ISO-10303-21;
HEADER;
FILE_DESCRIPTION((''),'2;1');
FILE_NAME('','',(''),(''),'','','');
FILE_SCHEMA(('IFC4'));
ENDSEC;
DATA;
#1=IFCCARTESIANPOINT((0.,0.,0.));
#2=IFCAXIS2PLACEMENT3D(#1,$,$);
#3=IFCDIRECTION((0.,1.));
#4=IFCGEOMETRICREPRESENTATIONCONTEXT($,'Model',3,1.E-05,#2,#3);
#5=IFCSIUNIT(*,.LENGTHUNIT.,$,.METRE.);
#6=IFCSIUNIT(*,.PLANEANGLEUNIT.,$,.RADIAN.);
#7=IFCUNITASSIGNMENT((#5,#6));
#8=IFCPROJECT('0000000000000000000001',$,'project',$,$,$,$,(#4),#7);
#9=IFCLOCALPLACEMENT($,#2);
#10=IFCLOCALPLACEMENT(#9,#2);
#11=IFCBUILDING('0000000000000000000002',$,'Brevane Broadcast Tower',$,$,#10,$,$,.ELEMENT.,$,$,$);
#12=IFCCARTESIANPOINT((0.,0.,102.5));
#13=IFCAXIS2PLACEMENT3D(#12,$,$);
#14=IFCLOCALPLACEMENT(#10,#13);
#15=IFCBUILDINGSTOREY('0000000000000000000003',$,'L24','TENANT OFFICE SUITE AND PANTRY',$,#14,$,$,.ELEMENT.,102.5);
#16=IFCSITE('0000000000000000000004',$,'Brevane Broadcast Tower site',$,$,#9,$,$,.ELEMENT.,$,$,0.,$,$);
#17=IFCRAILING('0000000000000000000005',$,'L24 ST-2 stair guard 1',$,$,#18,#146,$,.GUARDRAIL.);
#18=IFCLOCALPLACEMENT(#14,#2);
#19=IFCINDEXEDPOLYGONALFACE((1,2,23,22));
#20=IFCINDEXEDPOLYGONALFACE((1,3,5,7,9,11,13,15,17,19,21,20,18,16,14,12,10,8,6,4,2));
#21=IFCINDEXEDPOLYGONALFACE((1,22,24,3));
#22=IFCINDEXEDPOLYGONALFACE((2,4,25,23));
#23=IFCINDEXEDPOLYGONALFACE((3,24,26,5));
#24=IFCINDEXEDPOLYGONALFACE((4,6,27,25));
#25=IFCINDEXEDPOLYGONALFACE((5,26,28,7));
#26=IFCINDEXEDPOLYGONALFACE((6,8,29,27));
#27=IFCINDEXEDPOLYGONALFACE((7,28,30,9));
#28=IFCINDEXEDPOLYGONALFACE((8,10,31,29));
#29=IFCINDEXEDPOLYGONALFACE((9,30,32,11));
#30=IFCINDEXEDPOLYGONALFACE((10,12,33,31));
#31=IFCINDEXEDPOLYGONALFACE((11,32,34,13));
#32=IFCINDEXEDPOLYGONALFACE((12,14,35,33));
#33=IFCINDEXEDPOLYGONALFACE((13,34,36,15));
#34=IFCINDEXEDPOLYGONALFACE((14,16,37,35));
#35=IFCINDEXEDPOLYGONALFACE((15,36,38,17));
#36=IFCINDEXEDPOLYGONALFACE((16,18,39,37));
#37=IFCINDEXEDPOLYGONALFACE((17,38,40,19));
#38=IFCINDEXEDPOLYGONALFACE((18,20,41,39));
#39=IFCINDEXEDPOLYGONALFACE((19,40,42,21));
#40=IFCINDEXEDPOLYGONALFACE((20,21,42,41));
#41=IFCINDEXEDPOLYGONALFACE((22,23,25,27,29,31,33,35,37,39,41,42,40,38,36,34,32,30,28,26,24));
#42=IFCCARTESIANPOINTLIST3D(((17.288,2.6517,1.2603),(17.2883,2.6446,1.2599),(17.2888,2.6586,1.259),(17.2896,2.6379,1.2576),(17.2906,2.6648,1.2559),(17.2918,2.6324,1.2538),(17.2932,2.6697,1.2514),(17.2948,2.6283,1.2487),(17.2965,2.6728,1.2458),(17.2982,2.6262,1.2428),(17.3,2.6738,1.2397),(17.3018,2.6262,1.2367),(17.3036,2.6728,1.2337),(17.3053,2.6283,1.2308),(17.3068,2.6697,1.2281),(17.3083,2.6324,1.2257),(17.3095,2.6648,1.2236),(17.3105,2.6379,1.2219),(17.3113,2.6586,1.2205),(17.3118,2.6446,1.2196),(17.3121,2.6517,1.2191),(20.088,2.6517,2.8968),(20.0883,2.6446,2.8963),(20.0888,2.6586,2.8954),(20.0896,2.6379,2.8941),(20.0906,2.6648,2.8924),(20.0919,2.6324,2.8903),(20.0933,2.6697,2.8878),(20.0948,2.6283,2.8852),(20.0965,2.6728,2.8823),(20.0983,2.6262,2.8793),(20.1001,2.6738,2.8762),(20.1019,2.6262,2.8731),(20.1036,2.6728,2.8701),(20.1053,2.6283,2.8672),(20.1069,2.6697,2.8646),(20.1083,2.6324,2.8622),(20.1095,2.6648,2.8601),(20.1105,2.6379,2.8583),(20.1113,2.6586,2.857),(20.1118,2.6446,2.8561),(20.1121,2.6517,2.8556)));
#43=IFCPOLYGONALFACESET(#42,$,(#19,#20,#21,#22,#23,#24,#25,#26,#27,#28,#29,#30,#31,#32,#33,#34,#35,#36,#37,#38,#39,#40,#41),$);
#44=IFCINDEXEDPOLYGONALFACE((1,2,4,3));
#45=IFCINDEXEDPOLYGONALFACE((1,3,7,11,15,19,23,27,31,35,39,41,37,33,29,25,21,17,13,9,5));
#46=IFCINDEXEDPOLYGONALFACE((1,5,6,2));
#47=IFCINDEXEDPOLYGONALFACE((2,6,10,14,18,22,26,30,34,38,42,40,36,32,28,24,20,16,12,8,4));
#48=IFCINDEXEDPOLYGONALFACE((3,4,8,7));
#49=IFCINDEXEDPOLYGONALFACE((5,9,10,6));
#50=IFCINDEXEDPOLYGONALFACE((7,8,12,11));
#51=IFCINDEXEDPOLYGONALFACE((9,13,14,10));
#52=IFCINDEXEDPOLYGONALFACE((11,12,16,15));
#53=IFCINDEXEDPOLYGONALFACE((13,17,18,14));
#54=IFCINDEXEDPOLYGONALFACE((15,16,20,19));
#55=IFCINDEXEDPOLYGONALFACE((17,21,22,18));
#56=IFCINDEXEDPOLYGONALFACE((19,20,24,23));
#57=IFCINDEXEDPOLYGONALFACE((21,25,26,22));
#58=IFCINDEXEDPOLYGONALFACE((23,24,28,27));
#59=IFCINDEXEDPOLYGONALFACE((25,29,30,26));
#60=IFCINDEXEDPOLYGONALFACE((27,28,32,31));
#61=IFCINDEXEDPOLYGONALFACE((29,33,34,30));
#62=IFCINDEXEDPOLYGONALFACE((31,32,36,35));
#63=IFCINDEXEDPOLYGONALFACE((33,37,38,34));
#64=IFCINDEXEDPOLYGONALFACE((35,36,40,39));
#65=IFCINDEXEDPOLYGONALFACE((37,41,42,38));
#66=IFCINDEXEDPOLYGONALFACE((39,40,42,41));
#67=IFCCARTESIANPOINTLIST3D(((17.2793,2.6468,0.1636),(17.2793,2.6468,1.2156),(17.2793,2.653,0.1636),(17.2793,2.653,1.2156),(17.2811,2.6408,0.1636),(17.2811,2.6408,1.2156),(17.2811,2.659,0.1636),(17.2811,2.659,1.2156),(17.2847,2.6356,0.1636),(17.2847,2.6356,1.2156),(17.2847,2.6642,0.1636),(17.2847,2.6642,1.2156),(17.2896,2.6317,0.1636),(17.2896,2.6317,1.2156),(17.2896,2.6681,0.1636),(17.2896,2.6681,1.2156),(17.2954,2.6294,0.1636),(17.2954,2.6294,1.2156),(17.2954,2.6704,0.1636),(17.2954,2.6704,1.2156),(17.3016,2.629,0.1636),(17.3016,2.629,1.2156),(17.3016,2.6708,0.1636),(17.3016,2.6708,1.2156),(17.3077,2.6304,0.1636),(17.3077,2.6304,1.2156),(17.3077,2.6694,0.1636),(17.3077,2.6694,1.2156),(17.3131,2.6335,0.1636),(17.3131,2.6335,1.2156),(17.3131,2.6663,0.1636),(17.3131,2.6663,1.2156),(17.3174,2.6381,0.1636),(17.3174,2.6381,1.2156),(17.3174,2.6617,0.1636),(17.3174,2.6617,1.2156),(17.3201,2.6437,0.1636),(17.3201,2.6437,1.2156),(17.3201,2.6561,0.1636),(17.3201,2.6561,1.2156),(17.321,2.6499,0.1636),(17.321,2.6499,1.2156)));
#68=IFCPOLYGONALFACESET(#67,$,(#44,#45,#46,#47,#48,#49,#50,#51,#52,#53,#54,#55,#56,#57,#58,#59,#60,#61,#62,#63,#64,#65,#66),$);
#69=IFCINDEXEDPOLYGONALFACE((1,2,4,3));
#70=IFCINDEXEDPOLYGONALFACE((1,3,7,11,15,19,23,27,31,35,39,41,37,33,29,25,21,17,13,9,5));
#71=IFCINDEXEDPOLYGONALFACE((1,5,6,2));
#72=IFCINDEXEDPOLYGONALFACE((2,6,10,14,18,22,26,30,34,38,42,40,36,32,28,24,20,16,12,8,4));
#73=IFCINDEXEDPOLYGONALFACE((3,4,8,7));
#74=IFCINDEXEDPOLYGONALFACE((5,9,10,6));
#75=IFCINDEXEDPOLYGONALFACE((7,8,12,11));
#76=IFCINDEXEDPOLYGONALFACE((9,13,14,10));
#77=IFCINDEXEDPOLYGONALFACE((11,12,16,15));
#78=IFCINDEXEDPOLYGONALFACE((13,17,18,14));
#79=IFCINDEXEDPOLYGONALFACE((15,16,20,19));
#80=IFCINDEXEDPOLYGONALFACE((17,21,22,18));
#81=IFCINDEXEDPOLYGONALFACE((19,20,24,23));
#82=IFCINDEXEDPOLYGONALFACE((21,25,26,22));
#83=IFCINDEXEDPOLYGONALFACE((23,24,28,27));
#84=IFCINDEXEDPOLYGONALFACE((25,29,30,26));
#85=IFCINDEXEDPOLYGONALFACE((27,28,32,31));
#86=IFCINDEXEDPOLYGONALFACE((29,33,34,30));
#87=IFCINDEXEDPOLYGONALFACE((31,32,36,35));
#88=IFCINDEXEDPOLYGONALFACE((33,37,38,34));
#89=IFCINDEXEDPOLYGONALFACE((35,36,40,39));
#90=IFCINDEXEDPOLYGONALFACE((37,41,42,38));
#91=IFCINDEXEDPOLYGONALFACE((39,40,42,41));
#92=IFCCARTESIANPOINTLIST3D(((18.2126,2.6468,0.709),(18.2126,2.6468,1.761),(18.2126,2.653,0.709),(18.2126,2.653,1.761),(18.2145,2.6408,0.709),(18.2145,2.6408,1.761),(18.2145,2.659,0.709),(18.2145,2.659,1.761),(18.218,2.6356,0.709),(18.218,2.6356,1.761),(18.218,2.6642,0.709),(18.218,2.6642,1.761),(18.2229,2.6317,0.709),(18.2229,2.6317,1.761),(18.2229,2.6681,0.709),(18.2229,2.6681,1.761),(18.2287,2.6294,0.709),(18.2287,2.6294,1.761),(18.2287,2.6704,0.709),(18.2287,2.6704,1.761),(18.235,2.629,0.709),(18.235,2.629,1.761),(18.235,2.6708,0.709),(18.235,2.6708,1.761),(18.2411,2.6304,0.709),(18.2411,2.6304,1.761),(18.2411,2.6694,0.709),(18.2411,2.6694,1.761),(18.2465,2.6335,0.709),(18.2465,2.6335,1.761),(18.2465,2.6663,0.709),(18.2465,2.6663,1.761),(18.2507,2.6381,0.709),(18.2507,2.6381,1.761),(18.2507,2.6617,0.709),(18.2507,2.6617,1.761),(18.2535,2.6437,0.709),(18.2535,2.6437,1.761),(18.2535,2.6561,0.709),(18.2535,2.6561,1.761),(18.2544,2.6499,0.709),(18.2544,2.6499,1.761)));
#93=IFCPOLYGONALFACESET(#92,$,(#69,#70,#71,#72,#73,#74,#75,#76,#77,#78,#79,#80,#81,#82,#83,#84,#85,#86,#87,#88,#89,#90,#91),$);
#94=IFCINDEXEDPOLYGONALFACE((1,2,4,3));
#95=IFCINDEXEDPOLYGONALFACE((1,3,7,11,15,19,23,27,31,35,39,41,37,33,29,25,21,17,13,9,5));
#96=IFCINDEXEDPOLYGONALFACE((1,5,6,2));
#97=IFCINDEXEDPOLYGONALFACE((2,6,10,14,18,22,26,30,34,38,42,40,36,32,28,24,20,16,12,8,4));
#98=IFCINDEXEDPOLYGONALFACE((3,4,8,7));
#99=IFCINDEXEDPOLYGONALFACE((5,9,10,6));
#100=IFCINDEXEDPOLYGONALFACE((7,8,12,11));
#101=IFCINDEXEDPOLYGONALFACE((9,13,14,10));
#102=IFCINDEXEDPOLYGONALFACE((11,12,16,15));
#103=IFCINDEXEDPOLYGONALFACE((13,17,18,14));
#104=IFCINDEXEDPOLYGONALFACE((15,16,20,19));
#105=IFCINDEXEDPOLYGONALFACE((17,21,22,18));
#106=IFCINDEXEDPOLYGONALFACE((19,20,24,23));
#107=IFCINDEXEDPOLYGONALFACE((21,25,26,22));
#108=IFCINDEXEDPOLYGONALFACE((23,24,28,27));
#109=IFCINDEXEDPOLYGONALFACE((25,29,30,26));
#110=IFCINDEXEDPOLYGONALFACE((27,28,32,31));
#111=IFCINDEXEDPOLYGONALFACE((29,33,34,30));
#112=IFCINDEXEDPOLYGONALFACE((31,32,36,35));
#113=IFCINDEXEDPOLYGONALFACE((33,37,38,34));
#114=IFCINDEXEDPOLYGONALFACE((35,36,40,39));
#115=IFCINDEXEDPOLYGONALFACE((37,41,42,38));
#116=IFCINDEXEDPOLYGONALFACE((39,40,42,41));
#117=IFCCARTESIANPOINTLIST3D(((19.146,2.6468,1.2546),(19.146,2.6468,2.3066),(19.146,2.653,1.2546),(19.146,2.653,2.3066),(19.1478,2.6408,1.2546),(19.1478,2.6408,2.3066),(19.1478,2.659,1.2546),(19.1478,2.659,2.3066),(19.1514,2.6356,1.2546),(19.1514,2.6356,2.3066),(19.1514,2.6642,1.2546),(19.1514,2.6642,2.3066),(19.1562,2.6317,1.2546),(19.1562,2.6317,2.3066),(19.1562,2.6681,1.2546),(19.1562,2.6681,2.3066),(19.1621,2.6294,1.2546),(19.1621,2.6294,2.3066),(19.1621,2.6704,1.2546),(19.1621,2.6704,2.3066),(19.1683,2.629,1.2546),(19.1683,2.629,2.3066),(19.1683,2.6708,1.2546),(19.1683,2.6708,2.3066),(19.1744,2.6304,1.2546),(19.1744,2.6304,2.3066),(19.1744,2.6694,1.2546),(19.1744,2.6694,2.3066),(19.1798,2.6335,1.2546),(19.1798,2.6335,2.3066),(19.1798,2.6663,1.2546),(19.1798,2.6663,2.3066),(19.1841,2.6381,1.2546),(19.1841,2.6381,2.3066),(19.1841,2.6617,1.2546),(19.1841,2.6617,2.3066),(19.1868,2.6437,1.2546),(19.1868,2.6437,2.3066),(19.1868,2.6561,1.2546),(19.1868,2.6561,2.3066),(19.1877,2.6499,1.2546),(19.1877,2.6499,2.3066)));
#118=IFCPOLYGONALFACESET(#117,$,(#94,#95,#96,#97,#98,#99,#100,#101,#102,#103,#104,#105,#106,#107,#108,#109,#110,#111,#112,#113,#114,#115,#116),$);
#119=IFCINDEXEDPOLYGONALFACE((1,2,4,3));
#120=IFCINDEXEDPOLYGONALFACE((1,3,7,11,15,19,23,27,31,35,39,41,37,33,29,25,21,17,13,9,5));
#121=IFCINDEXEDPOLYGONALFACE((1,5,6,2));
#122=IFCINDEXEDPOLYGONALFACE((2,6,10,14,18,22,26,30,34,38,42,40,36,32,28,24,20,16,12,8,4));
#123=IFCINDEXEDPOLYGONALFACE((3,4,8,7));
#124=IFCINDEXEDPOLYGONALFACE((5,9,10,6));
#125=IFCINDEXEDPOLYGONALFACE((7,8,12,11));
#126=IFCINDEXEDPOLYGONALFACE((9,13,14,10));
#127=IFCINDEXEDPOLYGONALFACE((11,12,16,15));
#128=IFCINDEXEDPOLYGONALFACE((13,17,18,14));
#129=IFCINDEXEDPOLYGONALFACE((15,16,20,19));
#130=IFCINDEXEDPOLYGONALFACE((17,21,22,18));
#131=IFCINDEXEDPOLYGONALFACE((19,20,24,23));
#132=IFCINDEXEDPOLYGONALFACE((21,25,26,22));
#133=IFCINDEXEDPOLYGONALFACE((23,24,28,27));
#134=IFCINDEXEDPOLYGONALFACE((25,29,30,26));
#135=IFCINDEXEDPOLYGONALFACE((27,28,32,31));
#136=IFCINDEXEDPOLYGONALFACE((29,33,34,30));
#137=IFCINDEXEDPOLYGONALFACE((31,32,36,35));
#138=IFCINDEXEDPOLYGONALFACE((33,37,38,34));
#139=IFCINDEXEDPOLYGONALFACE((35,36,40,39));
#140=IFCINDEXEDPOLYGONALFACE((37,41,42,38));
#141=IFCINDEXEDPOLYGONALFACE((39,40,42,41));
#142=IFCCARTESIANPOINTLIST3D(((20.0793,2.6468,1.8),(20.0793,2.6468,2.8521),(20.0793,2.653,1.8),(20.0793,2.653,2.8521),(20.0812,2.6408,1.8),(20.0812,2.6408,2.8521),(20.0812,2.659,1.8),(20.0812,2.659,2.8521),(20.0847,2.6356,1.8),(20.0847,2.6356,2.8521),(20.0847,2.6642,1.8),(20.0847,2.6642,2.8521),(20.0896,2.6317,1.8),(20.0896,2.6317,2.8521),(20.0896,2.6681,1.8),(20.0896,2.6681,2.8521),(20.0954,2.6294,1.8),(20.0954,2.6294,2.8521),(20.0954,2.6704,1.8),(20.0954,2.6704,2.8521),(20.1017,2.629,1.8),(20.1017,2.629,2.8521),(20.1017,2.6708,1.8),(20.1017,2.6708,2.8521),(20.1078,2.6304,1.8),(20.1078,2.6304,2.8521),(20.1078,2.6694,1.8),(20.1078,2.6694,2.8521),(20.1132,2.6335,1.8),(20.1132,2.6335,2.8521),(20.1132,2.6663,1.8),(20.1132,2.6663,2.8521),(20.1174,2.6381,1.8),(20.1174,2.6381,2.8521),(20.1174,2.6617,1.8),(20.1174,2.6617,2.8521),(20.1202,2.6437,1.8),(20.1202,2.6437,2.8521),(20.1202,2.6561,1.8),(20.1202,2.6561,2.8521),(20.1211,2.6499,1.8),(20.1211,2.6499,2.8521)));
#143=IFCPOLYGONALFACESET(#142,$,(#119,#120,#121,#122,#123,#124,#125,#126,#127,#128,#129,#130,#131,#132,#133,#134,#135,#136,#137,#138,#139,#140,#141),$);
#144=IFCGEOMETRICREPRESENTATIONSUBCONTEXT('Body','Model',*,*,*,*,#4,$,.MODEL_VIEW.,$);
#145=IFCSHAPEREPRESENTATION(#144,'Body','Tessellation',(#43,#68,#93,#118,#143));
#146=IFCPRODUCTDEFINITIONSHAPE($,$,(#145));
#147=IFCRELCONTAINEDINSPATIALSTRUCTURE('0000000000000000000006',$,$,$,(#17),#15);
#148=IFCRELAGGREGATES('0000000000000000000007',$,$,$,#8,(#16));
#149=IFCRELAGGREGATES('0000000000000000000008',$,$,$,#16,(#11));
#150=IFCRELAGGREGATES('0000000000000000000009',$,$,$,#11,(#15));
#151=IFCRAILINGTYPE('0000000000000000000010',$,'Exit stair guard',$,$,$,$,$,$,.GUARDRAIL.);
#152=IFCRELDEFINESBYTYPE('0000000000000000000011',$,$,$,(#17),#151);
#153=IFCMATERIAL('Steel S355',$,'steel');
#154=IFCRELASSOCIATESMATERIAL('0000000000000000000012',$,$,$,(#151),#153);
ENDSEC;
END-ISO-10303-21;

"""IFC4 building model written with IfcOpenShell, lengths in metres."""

from ifc_helpers import new_model, si_unit, direction, frame, origin, origin_2d, place, context, subcontext, project, spatial, circle, extrude, material, type_object, element, save


model = new_model("IFC4")

# Units and contexts
model_context = context("Model", 3, precision=1e-05, world=origin(), true_north=direction((0.0, 1.0)))
body_context = subcontext(model_context, "Body", "Model", "MODEL_VIEW")
ifc_project = project(units=[si_unit("LENGTHUNIT", "METRE"), si_unit("PLANEANGLEUNIT", "RADIAN")], contexts=[model_context])

# Site, building, storey
site_placement = place(None, origin())
site = spatial("IfcSite", under=ifc_project, at=site_placement, Name="Brevane Broadcast Tower site", CompositionType="ELEMENT", RefElevation=0.0)
building_placement = place(site_placement, origin())
building = spatial("IfcBuilding", under=site, at=building_placement, Name="Brevane Broadcast Tower", CompositionType="ELEMENT")
storey_placement = place(building_placement, frame((0.0, 0.0, 102.5)))
storey = spatial("IfcBuildingStorey", under=building, at=storey_placement, Name="L24", Description="TENANT OFFICE SUITE AND PANTRY", CompositionType="ELEMENT", Elevation=102.5)

# Railing
ifc_material_1 = material(Name="Steel S355", Category="steel")
railing_type_1 = type_object("IfcRailingType", Name="Exit stair guard", PredefinedType="GUARDRAIL", material=ifc_material_1)
railing_1_placement = place(storey_placement, frame((17.3, 2.6499, 0.1636)))
element("IfcRailing", 1, at=railing_1_placement, inside=storey, type_object=railing_type_1, Name="L24 ST-2 stair guard 1", PredefinedType="GUARDRAIL", context=body_context, shape_type="SweptSolid", body=[
    extrude(circle(Radius=0.0239, at=origin_2d()), frame((0.0, 0.0, 1.0762), z_axis=(0.863361, 0.0, 0.504587), x_axis=(0.0, 1.0, 0.0)), (0.0, 0.0, 1.0), 3.2432),
    extrude(circle(Radius=0.021, at=origin_2d()), origin(), (0.0, 0.0, 1.0), 1.052),
    extrude(circle(Radius=0.021, at=origin_2d()), frame((0.9333, 0.0, 0.5454)), (0.0, 0.0, 1.0), 1.052),
    extrude(circle(Radius=0.021, at=origin_2d()), frame((1.8667, 0.0, 1.0911)), (0.0, 0.0, 1.0), 1.052),
    extrude(circle(Radius=0.021, at=origin_2d()), frame((2.8, 0.0, 1.6365)), (0.0, 0.0, 1.0), 1.052),
])

save(model, "model.ifc")
